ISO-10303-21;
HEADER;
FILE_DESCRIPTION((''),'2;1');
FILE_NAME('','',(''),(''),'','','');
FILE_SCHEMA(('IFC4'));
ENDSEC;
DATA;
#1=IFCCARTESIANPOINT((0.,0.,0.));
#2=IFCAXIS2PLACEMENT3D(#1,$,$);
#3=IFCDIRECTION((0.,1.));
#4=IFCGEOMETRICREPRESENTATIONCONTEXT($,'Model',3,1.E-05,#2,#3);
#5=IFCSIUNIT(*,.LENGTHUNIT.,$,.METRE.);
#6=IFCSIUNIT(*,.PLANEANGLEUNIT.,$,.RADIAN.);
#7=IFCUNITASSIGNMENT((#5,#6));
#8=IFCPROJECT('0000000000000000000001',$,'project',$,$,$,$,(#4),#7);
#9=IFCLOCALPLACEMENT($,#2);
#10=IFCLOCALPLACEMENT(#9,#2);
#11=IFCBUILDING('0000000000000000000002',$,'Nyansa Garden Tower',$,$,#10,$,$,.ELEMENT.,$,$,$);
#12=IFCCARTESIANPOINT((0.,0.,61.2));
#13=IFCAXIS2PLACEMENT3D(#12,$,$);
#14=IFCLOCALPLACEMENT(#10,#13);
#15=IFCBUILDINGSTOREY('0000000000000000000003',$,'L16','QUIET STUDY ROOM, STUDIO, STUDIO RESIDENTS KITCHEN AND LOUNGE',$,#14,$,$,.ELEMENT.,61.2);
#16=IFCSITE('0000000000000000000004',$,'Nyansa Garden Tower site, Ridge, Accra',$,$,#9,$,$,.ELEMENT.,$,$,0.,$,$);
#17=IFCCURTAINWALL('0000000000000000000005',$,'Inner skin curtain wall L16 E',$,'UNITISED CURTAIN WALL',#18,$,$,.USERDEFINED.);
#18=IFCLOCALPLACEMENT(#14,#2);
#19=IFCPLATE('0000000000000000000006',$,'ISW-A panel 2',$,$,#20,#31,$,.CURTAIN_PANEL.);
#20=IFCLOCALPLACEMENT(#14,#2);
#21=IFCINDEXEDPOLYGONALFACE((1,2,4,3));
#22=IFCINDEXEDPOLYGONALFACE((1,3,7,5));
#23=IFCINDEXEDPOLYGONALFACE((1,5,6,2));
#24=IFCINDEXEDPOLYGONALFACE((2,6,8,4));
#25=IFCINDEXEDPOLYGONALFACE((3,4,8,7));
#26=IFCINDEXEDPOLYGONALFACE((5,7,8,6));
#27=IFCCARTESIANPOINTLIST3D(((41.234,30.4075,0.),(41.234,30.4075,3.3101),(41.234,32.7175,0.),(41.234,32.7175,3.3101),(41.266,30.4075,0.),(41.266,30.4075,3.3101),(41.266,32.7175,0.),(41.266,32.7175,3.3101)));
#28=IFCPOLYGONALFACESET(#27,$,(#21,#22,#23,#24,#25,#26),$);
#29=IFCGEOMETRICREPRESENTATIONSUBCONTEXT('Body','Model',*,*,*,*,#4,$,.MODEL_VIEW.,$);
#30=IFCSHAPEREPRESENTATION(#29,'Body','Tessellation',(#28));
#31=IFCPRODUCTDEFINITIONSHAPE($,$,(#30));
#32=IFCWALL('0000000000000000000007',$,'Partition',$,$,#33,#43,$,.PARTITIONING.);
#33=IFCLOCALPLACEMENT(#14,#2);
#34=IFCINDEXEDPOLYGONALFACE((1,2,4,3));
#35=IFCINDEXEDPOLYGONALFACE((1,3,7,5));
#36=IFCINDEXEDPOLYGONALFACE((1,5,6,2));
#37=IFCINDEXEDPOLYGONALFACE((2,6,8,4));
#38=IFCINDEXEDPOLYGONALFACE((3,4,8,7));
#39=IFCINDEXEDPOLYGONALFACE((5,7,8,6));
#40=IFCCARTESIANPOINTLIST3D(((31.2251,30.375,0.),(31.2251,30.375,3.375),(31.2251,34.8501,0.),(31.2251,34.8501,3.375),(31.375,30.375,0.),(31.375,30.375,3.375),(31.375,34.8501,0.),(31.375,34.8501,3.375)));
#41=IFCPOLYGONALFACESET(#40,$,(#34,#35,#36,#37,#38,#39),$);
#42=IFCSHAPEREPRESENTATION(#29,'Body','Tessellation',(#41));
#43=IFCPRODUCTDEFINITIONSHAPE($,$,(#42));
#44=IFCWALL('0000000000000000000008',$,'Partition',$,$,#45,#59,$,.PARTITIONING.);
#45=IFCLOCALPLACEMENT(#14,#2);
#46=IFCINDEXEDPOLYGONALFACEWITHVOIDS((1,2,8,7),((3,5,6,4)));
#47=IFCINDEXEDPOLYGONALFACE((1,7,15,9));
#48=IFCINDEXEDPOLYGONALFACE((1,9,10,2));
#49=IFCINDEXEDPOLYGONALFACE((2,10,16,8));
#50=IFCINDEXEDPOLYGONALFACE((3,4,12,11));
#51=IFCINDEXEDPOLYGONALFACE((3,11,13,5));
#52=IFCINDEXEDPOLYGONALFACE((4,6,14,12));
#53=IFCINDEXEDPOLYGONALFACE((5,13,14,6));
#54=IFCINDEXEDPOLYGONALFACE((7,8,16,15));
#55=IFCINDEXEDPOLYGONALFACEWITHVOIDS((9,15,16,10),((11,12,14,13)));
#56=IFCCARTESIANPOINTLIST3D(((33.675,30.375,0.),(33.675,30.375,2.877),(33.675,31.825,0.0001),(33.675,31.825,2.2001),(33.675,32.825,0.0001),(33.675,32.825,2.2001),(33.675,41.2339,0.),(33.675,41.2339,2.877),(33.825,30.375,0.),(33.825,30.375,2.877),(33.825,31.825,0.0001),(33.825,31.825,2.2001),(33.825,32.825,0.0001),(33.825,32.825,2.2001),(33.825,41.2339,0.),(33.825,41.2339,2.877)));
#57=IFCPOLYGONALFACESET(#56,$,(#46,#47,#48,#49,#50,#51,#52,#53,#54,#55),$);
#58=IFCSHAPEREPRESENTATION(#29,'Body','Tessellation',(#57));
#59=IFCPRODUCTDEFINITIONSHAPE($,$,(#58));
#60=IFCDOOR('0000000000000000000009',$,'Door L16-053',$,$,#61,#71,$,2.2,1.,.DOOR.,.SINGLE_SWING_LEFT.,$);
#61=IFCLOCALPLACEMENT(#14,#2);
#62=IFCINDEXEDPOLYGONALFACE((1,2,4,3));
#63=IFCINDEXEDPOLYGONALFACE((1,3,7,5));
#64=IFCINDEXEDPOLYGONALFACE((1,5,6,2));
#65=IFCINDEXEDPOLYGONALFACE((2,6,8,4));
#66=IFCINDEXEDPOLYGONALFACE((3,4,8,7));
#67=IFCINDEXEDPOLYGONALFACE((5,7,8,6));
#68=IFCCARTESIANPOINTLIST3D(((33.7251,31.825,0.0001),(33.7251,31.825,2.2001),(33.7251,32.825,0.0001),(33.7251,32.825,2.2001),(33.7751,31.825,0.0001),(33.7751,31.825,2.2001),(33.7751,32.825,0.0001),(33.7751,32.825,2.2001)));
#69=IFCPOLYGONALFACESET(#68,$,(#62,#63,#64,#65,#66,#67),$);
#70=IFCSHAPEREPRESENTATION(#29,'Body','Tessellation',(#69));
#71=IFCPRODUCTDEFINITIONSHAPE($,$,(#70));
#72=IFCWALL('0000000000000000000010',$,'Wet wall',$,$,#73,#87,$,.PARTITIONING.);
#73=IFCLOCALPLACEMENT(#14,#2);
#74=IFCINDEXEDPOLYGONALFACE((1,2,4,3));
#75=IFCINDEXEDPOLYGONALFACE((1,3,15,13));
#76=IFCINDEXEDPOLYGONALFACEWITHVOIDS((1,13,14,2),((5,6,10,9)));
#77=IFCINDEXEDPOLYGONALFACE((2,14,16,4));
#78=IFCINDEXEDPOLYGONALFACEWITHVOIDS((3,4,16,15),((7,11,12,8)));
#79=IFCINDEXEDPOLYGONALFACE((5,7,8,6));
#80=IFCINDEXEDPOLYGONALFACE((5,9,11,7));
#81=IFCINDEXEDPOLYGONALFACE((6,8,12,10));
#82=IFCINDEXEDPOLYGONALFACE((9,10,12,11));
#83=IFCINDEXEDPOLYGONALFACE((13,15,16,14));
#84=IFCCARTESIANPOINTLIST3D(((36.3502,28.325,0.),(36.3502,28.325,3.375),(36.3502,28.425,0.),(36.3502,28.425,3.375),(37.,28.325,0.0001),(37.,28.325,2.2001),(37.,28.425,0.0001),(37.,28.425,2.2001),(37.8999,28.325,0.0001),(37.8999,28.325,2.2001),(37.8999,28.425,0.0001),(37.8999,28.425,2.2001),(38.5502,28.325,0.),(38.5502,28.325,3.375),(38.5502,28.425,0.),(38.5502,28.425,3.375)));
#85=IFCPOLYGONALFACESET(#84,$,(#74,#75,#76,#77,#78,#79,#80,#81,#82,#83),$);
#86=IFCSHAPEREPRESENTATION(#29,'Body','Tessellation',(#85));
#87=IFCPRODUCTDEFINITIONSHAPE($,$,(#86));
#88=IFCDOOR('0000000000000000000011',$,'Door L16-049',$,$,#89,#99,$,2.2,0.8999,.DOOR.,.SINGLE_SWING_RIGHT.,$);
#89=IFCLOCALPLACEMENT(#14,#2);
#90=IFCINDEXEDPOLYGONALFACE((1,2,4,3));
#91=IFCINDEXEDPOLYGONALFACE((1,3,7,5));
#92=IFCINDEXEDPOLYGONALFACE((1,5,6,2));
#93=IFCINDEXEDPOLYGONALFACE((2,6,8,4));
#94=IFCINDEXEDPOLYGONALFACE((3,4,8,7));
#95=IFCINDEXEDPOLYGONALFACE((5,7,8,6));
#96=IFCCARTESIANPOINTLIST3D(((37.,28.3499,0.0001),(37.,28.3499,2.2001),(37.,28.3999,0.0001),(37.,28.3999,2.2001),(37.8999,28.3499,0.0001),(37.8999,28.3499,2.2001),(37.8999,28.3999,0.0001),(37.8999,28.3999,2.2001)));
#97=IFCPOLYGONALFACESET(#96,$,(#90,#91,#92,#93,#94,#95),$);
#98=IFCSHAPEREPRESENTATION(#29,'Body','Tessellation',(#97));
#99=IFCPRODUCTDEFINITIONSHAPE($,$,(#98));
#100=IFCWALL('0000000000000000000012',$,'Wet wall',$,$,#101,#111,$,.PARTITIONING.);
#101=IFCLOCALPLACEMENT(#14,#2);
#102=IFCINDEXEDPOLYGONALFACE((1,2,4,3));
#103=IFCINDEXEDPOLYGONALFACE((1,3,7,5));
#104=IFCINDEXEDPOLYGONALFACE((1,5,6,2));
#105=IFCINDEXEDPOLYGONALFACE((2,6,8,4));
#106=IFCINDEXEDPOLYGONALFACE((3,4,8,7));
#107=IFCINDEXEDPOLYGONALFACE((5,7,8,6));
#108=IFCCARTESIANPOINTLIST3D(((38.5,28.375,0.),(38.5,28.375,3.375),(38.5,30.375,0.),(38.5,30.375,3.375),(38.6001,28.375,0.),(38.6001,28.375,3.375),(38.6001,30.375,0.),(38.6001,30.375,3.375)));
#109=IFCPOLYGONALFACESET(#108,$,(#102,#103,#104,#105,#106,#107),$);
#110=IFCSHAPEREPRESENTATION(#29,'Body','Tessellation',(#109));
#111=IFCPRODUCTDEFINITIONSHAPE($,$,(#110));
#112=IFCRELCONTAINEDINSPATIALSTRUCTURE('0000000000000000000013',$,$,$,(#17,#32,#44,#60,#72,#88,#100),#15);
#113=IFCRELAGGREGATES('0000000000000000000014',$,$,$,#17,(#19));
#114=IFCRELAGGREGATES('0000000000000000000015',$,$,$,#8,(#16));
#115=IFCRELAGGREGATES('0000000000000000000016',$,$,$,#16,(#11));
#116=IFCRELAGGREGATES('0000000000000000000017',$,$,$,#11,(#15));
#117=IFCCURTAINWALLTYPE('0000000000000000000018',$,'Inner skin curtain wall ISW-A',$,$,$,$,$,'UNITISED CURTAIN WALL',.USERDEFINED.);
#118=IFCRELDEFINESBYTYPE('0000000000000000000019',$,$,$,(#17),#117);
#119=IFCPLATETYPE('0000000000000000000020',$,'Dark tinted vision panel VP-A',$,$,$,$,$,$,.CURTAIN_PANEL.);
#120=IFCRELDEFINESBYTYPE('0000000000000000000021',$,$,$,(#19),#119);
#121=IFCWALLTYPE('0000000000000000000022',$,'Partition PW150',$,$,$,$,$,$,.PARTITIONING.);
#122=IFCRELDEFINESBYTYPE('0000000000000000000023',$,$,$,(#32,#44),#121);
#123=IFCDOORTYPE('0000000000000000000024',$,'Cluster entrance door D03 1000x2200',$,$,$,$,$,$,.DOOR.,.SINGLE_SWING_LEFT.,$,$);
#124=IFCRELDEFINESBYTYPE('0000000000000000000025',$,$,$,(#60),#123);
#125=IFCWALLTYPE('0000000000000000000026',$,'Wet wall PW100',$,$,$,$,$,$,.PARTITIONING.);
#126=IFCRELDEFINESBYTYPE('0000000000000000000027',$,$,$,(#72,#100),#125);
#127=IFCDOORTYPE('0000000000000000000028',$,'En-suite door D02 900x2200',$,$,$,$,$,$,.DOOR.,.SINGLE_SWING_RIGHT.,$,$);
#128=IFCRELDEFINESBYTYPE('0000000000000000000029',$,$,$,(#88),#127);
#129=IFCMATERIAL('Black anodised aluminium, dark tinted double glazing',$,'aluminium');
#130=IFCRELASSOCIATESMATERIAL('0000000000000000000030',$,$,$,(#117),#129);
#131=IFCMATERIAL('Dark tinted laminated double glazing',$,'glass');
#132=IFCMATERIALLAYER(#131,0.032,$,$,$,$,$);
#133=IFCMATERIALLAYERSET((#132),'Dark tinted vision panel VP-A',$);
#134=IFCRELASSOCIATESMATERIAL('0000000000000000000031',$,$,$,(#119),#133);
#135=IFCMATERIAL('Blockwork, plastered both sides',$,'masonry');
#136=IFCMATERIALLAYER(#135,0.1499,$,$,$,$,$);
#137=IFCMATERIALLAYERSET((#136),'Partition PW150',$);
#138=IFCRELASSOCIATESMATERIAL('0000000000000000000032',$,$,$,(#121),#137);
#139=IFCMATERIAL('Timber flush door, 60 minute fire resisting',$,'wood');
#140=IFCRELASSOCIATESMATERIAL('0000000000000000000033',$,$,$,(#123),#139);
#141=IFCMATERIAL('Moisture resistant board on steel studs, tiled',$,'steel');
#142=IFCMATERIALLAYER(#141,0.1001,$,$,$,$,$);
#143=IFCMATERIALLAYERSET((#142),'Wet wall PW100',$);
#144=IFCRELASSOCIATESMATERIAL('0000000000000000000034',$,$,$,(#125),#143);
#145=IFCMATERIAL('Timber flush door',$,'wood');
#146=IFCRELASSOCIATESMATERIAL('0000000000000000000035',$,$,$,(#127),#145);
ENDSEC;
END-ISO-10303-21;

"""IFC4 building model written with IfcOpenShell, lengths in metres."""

from ifc_helpers import new_model, si_unit, direction, frame, frame_2d, origin, origin_2d, place, context, subcontext, project, spatial, rectangle, extrude, material, layer, layer_set, type_object, element, fill, aggregate, save


model = new_model("IFC4")

# Units and contexts
model_context = context("Model", 3, precision=1e-05, world=origin(), true_north=direction((0.0, 1.0)))
body_context = subcontext(model_context, "Body", "Model", "MODEL_VIEW")
ifc_project = project(units=[si_unit("LENGTHUNIT", "METRE"), si_unit("PLANEANGLEUNIT", "RADIAN")], contexts=[model_context])

# Site, building, storey
site_placement = place(None, origin())
site = spatial("IfcSite", under=ifc_project, at=site_placement, Name="Nyansa Garden Tower site, Ridge, Accra", CompositionType="ELEMENT", RefElevation=0.0)
building_placement = place(site_placement, origin())
building = spatial("IfcBuilding", under=site, at=building_placement, Name="Nyansa Garden Tower", CompositionType="ELEMENT")
storey_placement = place(building_placement, frame((0.0, 0.0, 61.2)))
storey = spatial("IfcBuildingStorey", under=building, at=storey_placement, Name="L16", Description="QUIET STUDY ROOM, STUDIO, STUDIO RESIDENTS KITCHEN AND LOUNGE", CompositionType="ELEMENT", Elevation=61.2)

# Curtain wall
ifc_material_1 = material(Name="Black anodised aluminium, dark tinted double glazing", Category="aluminium")
curtain_wall_type = type_object("IfcCurtainWallType", Name="Inner skin curtain wall ISW-A", ElementType="UNITISED CURTAIN WALL", PredefinedType="USERDEFINED", material=ifc_material_1)
curtain_wall_placement = place(storey_placement, origin())
curtain_wall = element("IfcCurtainWall", 1, at=curtain_wall_placement, inside=storey, type_object=curtain_wall_type, Name="Inner skin curtain wall L16 E", ObjectType="UNITISED CURTAIN WALL", PredefinedType="USERDEFINED")

# Plate
ifc_material_2 = material(Name="Dark tinted laminated double glazing", Category="glass")
ifc_layer_1 = layer(ifc_material_2, 0.032)
ifc_layer_set_1 = layer_set([ifc_layer_1], Name="Dark tinted vision panel VP-A")
plate_type = type_object("IfcPlateType", Name="Dark tinted vision panel VP-A", PredefinedType="CURTAIN_PANEL", material=ifc_layer_set_1)
plate_1_placement = place(storey_placement, frame((41.25, 31.5625, 0.0), z_axis=(0.0, 0.0, 1.0), x_axis=(0.0, 1.0, 0.0)))
plate_1 = element("IfcPlate", 2, at=plate_1_placement, type_object=plate_type, Name="ISW-A panel 2", PredefinedType="CURTAIN_PANEL", context=body_context, shape_type="SweptSolid", body=[
    extrude(rectangle(XDim=2.3101, YDim=0.032, at=origin_2d()), origin(), (0.0, 0.0, 1.0), 3.3101),
])
aggregate(curtain_wall, [plate_1])

# Wall
ifc_material_3 = material(Name="Blockwork, plastered both sides", Category="masonry")
ifc_layer_2 = layer(ifc_material_3, 0.1499)
ifc_layer_set_2 = layer_set([ifc_layer_2], Name="Partition PW150")
wall_type_1 = type_object("IfcWallType", Name="Partition PW150", PredefinedType="PARTITIONING", material=ifc_layer_set_2)
wall_1_placement = place(storey_placement, frame((31.3, 30.375, 0.0), z_axis=(0.0, 0.0, 1.0), x_axis=(0.0, 1.0, 0.0)))
element("IfcWall", 3, at=wall_1_placement, inside=storey, type_object=wall_type_1, Name="Partition", PredefinedType="PARTITIONING", context=body_context, shape_type="SweptSolid", body=[
    extrude(rectangle(XDim=4.4751, YDim=0.1499, at=frame_2d((2.2375, 0.0))), origin(), (0.0, 0.0, 1.0), 3.375),
])

# Walls, openings, doors
wall_2_placement = place(storey_placement, frame((33.75, 30.375, 0.0), z_axis=(0.0, 0.0, 1.0), x_axis=(0.0, 1.0, 0.0)))
wall_2 = element("IfcWall", 4, at=wall_2_placement, inside=storey, type_object=wall_type_1, Name="Partition", PredefinedType="PARTITIONING", context=body_context, shape_type="SweptSolid", body=[
    extrude(rectangle(XDim=10.8589, YDim=0.1499, at=frame_2d((5.4294, 0.0))), origin(), (0.0, 0.0, 1.0), 2.877),
])
opening_1_placement = place(wall_2_placement, frame((1.45, 0.0, 0.0)))
opening_1 = element("IfcOpeningElement", 5, at=opening_1_placement, cuts=wall_2, PredefinedType="OPENING", context=body_context, shape_type="SweptSolid", body=[
    extrude(rectangle(XDim=1.0, YDim=2.2, at=frame_2d((0.5, 1.1001))), frame((0.0, 0.085, 0.0), z_axis=(0.0, -1.0, 0.0), x_axis=(1.0, 0.0, 0.0)), (0.0, 0.0, 1.0), 0.1699),
])
ifc_material_4 = material(Name="Timber flush door, 60 minute fire resisting", Category="wood")
door_type_1 = type_object("IfcDoorType", Name="Cluster entrance door D03 1000x2200", OperationType="SINGLE_SWING_LEFT", PredefinedType="DOOR", material=ifc_material_4)
door_1_placement = place(opening_1_placement, origin())
door_1 = element("IfcDoor", 6, at=door_1_placement, inside=storey, type_object=door_type_1, Name="Door L16-053", OperationType="SINGLE_SWING_LEFT", OverallHeight=2.2, OverallWidth=1.0, PredefinedType="DOOR", context=body_context, shape_type="SweptSolid", body=[
    extrude(rectangle(XDim=1.0, YDim=2.2, at=frame_2d((0.5, 1.1001))), frame((0.0, 0.0249, 0.0), z_axis=(0.0, -1.0, 0.0), x_axis=(1.0, 0.0, 0.0)), (0.0, 0.0, 1.0), 0.05),
])
fill(opening_1, door_1)
ifc_material_5 = material(Name="Moisture resistant board on steel studs, tiled", Category="steel")
ifc_layer_3 = layer(ifc_material_5, 0.1001)
ifc_layer_set_3 = layer_set([ifc_layer_3], Name="Wet wall PW100")
wall_type_2 = type_object("IfcWallType", Name="Wet wall PW100", PredefinedType="PARTITIONING", material=ifc_layer_set_3)
wall_3_placement = place(storey_placement, frame((36.3501, 28.375, 0.0), z_axis=(0.0, 0.0, 1.0), x_axis=(1.0, 0.0, 0.0)))
wall_3 = element("IfcWall", 7, at=wall_3_placement, inside=storey, type_object=wall_type_2, Name="Wet wall", PredefinedType="PARTITIONING", context=body_context, shape_type="SweptSolid", body=[
    extrude(rectangle(XDim=2.2, YDim=0.1001, at=frame_2d((1.1001, 0.0))), origin(), (0.0, 0.0, 1.0), 3.375),
])
opening_2_placement = place(wall_3_placement, frame((0.6499, 0.0, 0.0)))
opening_2 = element("IfcOpeningElement", 8, at=opening_2_placement, cuts=wall_3, PredefinedType="OPENING", context=body_context, shape_type="SweptSolid", body=[
    extrude(rectangle(XDim=0.8999, YDim=2.2, at=frame_2d((0.45, 1.1001))), frame((0.0, 0.0601, 0.0), z_axis=(0.0, -1.0, 0.0), x_axis=(1.0, 0.0, 0.0)), (0.0, 0.0, 1.0), 0.1201),
])
ifc_material_6 = material(Name="Timber flush door", Category="wood")
door_type_2 = type_object("IfcDoorType", Name="En-suite door D02 900x2200", OperationType="SINGLE_SWING_RIGHT", PredefinedType="DOOR", material=ifc_material_6)
door_2_placement = place(opening_2_placement, origin())
door_2 = element("IfcDoor", 9, at=door_2_placement, inside=storey, type_object=door_type_2, Name="Door L16-049", OperationType="SINGLE_SWING_RIGHT", OverallHeight=2.2, OverallWidth=0.8999, PredefinedType="DOOR", context=body_context, shape_type="SweptSolid", body=[
    extrude(rectangle(XDim=0.8999, YDim=2.2, at=frame_2d((0.45, 1.1001))), frame((0.0, 0.0249, 0.0), z_axis=(0.0, -1.0, 0.0), x_axis=(1.0, 0.0, 0.0)), (0.0, 0.0, 1.0), 0.05),
])
fill(opening_2, door_2)

# Wall
wall_4_placement = place(storey_placement, frame((38.55, 28.375, 0.0), z_axis=(0.0, 0.0, 1.0), x_axis=(0.0, 1.0, 0.0)))
element("IfcWall", 10, at=wall_4_placement, inside=storey, type_object=wall_type_2, Name="Wet wall", PredefinedType="PARTITIONING", context=body_context, shape_type="SweptSolid", body=[
    extrude(rectangle(XDim=2.0, YDim=0.1001, at=frame_2d((1.0, 0.0))), origin(), (0.0, 0.0, 1.0), 3.375),
])

save(model, "model.ifc")
